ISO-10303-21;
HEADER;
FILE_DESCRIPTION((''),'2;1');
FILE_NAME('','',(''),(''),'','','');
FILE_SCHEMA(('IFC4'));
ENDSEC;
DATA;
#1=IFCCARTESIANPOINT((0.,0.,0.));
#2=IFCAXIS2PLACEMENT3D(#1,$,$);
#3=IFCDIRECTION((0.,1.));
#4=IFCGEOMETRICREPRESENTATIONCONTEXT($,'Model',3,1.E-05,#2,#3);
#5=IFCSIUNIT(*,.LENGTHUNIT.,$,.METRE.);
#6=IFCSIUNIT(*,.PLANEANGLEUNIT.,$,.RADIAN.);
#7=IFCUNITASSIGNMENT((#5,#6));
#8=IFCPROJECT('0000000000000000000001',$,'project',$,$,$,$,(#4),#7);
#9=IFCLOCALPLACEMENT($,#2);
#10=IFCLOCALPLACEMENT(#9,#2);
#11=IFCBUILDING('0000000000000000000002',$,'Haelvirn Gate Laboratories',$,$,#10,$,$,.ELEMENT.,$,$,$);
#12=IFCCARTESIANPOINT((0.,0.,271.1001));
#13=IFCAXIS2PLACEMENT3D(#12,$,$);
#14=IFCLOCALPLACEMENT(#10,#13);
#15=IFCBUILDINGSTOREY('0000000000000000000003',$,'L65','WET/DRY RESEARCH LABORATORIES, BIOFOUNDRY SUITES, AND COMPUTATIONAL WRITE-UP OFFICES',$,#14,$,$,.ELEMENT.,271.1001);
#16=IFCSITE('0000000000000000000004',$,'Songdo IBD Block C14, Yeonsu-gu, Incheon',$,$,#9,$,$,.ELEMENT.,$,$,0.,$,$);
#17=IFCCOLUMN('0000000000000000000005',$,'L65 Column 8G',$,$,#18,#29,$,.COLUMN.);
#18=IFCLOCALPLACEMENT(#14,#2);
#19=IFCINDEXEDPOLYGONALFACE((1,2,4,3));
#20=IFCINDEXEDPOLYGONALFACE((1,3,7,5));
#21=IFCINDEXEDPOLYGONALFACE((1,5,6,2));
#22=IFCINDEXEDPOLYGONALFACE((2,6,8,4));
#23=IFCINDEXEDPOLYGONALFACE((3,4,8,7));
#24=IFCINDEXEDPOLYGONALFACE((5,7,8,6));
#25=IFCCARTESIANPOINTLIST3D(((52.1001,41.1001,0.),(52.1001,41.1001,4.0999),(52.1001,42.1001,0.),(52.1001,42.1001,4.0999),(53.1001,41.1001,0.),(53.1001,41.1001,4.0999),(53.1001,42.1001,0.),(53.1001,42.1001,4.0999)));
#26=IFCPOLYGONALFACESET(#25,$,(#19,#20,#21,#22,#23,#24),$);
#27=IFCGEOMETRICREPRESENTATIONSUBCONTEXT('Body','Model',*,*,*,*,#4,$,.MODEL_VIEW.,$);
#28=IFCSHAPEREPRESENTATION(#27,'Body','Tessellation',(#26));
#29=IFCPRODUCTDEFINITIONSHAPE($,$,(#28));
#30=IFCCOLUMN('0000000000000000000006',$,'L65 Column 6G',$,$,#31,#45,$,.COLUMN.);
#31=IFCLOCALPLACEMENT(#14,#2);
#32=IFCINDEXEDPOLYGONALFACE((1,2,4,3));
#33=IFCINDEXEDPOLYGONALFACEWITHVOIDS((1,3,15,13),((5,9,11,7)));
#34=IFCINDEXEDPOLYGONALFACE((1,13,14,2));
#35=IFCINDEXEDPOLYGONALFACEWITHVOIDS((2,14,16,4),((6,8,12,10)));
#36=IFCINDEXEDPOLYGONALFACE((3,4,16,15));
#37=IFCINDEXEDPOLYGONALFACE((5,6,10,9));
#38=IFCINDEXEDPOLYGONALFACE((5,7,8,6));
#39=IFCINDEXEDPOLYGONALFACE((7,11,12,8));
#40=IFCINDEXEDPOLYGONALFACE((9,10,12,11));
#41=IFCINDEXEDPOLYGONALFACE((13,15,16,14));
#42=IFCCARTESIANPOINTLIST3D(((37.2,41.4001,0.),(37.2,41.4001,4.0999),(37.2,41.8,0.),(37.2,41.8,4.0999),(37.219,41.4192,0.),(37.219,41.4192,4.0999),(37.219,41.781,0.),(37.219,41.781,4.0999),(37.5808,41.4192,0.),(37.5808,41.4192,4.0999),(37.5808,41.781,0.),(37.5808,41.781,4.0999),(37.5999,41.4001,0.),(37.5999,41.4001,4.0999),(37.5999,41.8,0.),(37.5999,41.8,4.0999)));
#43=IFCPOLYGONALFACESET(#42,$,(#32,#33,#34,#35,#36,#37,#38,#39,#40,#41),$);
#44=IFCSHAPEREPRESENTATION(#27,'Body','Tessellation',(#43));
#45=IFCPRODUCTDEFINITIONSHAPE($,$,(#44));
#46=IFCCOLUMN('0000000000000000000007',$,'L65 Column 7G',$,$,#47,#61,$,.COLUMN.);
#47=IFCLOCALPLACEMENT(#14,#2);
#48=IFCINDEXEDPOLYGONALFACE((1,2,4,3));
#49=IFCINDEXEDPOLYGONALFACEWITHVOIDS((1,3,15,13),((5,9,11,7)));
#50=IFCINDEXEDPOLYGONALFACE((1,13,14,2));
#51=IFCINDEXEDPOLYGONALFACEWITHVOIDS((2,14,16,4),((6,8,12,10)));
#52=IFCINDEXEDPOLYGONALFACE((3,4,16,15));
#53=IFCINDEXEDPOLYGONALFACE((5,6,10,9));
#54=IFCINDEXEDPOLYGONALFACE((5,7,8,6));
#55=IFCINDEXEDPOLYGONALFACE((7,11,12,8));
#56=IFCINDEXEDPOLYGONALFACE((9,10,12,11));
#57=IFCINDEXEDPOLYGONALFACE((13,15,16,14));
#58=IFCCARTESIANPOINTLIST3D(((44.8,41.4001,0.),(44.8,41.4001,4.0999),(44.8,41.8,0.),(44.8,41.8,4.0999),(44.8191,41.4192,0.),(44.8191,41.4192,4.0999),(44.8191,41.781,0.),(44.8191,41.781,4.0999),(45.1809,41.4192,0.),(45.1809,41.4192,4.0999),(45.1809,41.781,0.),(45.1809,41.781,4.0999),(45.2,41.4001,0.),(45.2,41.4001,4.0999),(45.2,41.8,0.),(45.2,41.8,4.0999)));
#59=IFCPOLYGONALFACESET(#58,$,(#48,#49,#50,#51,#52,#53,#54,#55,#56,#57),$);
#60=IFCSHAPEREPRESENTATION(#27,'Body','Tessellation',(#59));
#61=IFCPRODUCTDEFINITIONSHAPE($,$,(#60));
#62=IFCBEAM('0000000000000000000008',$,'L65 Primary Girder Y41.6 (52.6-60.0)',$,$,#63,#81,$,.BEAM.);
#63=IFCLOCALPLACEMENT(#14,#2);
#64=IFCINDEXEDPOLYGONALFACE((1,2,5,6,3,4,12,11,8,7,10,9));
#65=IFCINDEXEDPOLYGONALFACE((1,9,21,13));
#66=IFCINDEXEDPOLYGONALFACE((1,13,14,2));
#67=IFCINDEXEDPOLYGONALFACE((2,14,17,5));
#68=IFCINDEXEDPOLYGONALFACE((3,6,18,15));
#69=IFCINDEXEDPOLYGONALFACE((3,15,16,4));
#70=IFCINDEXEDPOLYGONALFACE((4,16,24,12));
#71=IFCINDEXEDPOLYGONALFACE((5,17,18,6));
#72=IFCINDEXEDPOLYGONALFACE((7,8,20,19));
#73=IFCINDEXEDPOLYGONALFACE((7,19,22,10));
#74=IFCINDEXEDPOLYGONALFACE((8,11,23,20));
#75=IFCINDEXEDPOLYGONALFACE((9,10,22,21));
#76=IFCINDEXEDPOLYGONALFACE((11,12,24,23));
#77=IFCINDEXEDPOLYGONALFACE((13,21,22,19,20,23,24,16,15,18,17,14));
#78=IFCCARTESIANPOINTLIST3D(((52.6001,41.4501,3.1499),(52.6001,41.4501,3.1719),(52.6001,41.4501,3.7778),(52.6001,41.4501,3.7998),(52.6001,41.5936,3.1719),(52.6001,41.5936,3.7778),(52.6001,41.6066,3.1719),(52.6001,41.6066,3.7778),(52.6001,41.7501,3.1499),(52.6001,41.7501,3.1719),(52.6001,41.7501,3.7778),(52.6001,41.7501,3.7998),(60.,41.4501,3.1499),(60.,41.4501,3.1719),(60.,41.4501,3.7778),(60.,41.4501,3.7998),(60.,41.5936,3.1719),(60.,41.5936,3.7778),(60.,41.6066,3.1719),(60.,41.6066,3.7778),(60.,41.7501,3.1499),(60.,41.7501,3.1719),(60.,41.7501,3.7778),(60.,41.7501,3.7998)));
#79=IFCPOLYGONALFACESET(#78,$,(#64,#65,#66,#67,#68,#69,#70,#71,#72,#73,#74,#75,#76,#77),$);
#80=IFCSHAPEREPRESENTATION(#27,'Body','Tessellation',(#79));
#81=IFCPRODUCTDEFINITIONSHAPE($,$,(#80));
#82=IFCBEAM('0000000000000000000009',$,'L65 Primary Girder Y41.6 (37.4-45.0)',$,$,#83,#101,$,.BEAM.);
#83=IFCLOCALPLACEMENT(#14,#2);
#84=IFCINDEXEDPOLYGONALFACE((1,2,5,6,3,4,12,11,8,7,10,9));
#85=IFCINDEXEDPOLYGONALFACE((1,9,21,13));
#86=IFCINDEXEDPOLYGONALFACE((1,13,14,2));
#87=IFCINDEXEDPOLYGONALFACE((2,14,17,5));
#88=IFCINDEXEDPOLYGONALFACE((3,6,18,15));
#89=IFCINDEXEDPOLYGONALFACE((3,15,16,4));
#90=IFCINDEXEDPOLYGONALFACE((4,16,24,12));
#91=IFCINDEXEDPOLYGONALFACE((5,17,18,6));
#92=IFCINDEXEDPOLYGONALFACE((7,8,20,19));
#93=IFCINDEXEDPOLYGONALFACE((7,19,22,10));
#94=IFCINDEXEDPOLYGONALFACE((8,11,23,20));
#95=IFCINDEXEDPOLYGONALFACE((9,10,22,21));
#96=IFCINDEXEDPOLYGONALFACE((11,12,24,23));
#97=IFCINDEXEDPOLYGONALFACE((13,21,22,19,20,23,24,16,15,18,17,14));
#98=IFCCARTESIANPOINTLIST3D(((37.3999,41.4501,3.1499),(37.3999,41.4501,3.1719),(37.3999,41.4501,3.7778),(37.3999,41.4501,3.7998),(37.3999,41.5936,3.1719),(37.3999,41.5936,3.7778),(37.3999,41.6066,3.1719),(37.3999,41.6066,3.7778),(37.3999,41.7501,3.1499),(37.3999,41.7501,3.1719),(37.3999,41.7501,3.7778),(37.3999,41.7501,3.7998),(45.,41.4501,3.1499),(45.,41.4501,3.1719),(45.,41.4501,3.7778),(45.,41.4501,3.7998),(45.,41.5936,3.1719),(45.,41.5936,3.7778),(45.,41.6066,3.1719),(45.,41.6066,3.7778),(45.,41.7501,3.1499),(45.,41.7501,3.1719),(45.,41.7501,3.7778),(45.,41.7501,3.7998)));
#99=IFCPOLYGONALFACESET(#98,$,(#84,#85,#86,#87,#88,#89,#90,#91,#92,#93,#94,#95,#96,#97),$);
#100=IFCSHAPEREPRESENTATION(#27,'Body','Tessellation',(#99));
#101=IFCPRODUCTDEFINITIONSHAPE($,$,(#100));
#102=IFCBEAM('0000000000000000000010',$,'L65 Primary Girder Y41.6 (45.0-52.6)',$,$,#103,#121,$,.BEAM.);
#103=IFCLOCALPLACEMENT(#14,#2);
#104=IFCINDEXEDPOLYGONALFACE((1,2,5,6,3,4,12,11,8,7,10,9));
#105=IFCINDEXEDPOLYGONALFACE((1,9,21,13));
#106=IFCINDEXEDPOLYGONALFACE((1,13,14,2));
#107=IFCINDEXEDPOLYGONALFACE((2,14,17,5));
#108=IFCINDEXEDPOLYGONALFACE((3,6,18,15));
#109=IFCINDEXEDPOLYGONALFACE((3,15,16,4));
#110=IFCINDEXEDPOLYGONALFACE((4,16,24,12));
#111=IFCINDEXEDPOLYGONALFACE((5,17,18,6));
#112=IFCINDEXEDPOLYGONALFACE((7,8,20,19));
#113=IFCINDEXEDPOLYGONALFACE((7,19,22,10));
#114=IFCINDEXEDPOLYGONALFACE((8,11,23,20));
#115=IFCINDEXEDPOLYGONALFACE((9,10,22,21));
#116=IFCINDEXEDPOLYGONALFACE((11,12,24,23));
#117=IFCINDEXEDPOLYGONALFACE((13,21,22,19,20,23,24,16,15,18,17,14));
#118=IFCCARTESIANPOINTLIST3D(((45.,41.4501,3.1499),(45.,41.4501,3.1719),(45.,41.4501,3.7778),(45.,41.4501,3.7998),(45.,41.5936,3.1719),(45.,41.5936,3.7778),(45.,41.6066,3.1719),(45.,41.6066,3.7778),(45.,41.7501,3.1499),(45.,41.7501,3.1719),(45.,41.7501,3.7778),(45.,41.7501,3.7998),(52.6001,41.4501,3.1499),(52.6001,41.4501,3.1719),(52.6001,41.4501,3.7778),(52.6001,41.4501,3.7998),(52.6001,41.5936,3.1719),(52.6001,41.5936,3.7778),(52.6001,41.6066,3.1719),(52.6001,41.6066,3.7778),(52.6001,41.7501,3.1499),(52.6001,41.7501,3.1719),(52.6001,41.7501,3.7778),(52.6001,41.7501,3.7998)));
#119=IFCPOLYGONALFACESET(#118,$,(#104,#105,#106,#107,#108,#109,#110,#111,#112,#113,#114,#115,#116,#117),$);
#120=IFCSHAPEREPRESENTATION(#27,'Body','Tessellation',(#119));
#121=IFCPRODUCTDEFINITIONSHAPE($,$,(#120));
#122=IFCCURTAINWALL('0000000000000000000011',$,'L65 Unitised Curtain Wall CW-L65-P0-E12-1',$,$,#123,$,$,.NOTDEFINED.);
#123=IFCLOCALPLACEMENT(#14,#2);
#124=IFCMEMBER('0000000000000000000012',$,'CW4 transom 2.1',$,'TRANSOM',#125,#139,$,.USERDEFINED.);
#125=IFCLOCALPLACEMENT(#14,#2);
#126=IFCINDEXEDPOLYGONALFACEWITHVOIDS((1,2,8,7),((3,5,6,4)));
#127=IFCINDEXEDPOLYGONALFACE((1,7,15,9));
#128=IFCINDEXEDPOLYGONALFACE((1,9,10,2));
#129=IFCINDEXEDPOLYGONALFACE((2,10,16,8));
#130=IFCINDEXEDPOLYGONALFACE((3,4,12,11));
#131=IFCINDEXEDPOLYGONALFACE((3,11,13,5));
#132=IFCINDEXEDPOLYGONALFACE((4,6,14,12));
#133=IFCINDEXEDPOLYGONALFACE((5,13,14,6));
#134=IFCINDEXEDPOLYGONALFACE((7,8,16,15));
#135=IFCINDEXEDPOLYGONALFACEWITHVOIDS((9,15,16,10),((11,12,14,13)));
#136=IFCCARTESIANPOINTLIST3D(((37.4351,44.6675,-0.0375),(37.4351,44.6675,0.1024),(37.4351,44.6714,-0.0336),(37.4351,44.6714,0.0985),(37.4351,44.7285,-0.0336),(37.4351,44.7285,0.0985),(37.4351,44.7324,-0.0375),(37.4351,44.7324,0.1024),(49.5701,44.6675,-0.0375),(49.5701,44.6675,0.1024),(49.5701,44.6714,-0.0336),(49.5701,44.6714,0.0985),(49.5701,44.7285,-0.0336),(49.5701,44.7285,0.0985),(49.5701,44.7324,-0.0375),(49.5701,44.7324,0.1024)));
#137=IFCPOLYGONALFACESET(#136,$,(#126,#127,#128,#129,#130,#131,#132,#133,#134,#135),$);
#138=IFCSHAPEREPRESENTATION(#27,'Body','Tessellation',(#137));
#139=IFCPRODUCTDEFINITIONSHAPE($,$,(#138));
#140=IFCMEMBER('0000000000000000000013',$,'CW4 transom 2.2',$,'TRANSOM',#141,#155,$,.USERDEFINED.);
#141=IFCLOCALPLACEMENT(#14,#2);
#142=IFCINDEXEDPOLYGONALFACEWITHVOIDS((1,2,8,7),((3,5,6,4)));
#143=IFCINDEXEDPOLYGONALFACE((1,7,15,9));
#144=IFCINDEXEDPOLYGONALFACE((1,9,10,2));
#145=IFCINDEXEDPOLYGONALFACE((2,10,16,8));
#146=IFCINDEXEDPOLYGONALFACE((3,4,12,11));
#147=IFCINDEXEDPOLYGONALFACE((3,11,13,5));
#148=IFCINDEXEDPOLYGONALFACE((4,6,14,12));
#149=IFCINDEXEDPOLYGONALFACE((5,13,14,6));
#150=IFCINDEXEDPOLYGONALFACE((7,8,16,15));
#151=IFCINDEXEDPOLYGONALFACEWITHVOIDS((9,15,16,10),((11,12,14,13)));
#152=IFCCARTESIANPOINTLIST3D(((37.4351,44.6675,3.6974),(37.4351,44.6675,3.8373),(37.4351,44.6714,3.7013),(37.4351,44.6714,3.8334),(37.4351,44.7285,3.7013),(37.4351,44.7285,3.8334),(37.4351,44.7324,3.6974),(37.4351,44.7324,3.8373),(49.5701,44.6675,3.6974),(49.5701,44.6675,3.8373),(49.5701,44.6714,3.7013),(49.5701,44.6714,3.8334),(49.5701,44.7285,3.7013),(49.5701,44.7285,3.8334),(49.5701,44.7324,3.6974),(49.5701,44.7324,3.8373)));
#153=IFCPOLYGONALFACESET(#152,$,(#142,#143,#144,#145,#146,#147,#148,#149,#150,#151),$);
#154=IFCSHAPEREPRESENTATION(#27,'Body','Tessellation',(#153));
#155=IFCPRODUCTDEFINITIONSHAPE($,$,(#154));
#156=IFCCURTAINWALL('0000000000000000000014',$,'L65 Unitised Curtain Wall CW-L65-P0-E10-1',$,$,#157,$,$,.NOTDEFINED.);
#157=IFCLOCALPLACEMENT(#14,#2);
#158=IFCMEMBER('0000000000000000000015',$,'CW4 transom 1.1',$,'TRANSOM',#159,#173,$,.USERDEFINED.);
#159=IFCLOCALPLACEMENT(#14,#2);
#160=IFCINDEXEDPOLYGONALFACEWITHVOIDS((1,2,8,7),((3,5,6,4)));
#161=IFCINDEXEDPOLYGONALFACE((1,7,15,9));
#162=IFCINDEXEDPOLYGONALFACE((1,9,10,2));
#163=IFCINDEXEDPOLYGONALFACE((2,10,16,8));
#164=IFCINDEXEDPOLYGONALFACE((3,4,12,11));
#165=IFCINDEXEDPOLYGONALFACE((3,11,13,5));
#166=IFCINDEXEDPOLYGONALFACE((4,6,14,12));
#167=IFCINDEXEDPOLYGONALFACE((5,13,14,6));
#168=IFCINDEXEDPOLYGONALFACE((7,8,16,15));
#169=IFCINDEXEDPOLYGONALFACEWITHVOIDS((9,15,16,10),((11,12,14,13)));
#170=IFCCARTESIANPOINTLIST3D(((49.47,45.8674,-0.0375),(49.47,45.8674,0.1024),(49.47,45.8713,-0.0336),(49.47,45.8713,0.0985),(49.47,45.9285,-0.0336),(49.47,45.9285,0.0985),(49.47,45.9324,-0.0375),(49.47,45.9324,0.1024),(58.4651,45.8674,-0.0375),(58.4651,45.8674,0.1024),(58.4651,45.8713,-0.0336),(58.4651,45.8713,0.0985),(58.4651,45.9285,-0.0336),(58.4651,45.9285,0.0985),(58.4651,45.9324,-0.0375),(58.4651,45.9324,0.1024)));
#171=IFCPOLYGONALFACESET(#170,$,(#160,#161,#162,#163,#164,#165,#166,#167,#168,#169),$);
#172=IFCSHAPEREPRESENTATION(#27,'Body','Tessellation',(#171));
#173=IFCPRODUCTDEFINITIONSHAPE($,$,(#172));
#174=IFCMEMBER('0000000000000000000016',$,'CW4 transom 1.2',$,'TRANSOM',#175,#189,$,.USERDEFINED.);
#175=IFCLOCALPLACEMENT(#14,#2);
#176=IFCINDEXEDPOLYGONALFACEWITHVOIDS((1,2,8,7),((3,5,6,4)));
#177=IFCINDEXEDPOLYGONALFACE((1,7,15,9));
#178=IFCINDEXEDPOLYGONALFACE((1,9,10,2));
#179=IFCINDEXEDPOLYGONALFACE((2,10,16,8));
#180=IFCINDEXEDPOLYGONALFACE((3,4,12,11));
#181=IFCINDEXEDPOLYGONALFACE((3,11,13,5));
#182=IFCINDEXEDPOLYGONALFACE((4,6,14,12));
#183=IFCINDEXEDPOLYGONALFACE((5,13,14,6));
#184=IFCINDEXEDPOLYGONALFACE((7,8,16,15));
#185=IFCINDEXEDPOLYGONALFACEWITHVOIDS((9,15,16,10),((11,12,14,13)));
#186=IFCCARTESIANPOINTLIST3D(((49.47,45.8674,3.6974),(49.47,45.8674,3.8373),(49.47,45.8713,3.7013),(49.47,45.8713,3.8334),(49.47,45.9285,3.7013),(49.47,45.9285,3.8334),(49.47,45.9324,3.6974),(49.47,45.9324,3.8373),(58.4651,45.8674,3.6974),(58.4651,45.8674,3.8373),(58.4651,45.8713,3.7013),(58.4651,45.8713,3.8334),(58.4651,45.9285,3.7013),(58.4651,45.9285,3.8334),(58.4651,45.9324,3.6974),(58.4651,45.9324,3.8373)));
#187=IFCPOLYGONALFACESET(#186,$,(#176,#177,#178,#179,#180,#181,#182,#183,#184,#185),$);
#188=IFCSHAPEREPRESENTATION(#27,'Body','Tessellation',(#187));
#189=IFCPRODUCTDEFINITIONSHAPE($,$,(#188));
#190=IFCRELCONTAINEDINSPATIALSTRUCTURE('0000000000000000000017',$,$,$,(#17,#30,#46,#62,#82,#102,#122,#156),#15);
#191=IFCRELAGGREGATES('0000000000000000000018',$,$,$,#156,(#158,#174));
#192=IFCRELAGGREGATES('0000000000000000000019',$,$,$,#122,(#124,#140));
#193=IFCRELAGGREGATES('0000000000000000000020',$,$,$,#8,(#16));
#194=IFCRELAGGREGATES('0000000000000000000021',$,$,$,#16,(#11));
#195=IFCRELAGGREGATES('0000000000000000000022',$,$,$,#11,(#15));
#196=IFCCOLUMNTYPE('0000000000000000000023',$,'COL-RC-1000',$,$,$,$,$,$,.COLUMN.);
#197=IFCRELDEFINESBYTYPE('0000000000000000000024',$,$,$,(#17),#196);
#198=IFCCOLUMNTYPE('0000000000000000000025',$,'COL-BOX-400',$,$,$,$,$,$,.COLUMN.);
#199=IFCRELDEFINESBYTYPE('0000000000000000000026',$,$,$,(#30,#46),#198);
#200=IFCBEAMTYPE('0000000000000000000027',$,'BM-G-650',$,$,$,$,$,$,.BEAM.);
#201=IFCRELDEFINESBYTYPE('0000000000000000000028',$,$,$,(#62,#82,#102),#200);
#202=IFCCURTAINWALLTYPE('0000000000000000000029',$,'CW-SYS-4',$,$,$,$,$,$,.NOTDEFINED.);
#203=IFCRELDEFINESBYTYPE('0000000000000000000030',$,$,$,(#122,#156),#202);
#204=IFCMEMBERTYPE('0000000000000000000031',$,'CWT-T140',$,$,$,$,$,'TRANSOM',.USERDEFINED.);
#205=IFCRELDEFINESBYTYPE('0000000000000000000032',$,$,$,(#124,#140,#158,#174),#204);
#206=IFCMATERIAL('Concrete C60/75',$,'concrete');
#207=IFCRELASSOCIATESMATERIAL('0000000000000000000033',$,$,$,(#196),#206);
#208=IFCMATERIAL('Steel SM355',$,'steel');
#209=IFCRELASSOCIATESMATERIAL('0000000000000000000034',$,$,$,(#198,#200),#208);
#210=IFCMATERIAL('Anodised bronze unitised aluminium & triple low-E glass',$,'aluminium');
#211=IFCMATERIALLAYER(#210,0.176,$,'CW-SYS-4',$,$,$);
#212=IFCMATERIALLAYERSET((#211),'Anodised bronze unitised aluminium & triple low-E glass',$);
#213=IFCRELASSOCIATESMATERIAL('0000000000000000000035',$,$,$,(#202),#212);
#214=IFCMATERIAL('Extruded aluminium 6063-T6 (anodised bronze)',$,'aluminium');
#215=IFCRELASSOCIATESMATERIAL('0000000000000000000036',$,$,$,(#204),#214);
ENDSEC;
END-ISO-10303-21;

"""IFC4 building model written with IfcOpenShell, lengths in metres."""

from ifc_helpers import new_model, si_unit, direction, frame, origin, origin_2d, place, context, subcontext, project, spatial, rectangle, hollow_rectangle, i_section, extrude, source, transform, mapped, material, layer, layer_set, material_profile, profile_set, type_object, type_shapes, element, aggregate, save


model = new_model("IFC4")

# Units and contexts
model_context = context("Model", 3, precision=1e-05, world=origin(), true_north=direction((0.0, 1.0)))
body_context = subcontext(model_context, "Body", "Model", "MODEL_VIEW")
ifc_project = project(units=[si_unit("LENGTHUNIT", "METRE"), si_unit("PLANEANGLEUNIT", "RADIAN")], contexts=[model_context])

# Site, building, storey
site_placement = place(None, origin())
site = spatial("IfcSite", under=ifc_project, at=site_placement, Name="Songdo IBD Block C14, Yeonsu-gu, Incheon", CompositionType="ELEMENT", RefElevation=0.0)
building_placement = place(site_placement, origin())
building = spatial("IfcBuilding", under=site, at=building_placement, Name="Haelvirn Gate Laboratories", CompositionType="ELEMENT")
storey_placement = place(building_placement, frame((0.0, 0.0, 271.1001)))
storey = spatial("IfcBuildingStorey", under=building, at=storey_placement, Name="L65", Description="WET/DRY RESEARCH LABORATORIES, BIOFOUNDRY SUITES, AND COMPUTATIONAL WRITE-UP OFFICES", CompositionType="ELEMENT", Elevation=271.1001)

# Columns
ifc_material_1 = material(Name="Concrete C60/75", Category="concrete")
ifc_material_profile_1 = material_profile(ifc_material_1, rectangle(XDim=1.0, YDim=1.0, at=origin_2d()), Name="RC-1000x1000")
ifc_profile_set_1 = profile_set([ifc_material_profile_1], Name="Concrete C60/75")
column_type_1 = type_object("IfcColumnType", Name="COL-RC-1000", PredefinedType="COLUMN", material=ifc_profile_set_1)
shared_shape_1 = source(origin(), body_context, "Body", "SweptSolid", [
    extrude(rectangle(XDim=1.0, YDim=1.0, at=origin_2d()), origin(), (0.0, 0.0, 1.0), 4.0999),
])
type_shapes(column_type_1, [shared_shape_1])
column_placement = place(storey_placement, frame((52.6001, 41.6001, 0.0), z_axis=(0.0, 0.0, 1.0), x_axis=(1.0, 0.0, 0.0)))
element("IfcColumn", 1, at=column_placement, inside=storey, type_object=column_type_1, Name="L65 Column 8G", PredefinedType="COLUMN", context=body_context, shape_type="MappedRepresentation", body=[
    mapped(shared_shape_1, transform((0.0, 0.0, 0.0), scale=1.0)),
])
ifc_material_2 = material(Name="Steel SM355", Category="steel")
ifc_material_profile_2 = material_profile(ifc_material_2, hollow_rectangle(XDim=0.3999, YDim=0.3999, WallThickness=0.019, at=origin_2d()), Name="BOX-400x400x19")
ifc_profile_set_2 = profile_set([ifc_material_profile_2], Name="Steel SM355")
column_type_2 = type_object("IfcColumnType", Name="COL-BOX-400", PredefinedType="COLUMN", material=ifc_profile_set_2)
shared_shape_2 = source(origin(), body_context, "Body", "SweptSolid", [
    extrude(hollow_rectangle(XDim=0.3999, YDim=0.3999, WallThickness=0.019, at=origin_2d()), origin(), (0.0, 0.0, 1.0), 4.0999),
])
type_shapes(column_type_2, [shared_shape_2])
for number, where, z_axis, x_axis, name in (
    (2, (37.3999, 41.6001, 0.0), (0.0, 0.0, 1.0), (1.0, 0.0, 0.0), "L65 Column 6G"),
    (3, (45.0, 41.6001, 0.0), (0.0, 0.0, 1.0), (1.0, 0.0, 0.0), "L65 Column 7G"),
):
    element("IfcColumn", number, at=place(storey_placement, frame(where, z_axis=z_axis, x_axis=x_axis)), inside=storey, type_object=column_type_2, Name=name, PredefinedType="COLUMN", context=body_context, shape_type="MappedRepresentation", body=[
        mapped(shared_shape_2, transform((0.0, 0.0, 0.0), scale=1.0)),
    ])

# Beams
ifc_material_profile_3 = material_profile(ifc_material_2, i_section(OverallWidth=0.3, OverallDepth=0.6499, WebThickness=0.0129, FlangeThickness=0.022, at=origin_2d()), Name="H-650x300x13x22")
ifc_profile_set_3 = profile_set([ifc_material_profile_3], Name="Steel SM355")
beam_type = type_object("IfcBeamType", Name="BM-G-650", PredefinedType="BEAM", material=ifc_profile_set_3)
shared_shape_3 = source(origin(), body_context, "Body", "SweptSolid", [
    extrude(i_section(OverallWidth=0.3, OverallDepth=0.6499, WebThickness=0.0129, FlangeThickness=0.022, at=origin_2d()), origin(), (0.0, 0.0, 1.0), 7.3999),
])
beam_placement = place(storey_placement, frame((52.6001, 41.6001, 3.4749), z_axis=(1.0, 0.0, 0.0), x_axis=(0.0, 1.0, 0.0)))
element("IfcBeam", 4, at=beam_placement, inside=storey, type_object=beam_type, Name="L65 Primary Girder Y41.6 (52.6-60.0)", PredefinedType="BEAM", context=body_context, shape_type="MappedRepresentation", body=[
    mapped(shared_shape_3, transform((0.0, 0.0, 0.0), scale=1.0)),
])
shared_shape_4 = source(origin(), body_context, "Body", "SweptSolid", [
    extrude(i_section(OverallWidth=0.3, OverallDepth=0.6499, WebThickness=0.0129, FlangeThickness=0.022, at=origin_2d()), origin(), (0.0, 0.0, 1.0), 7.6001),
])
type_shapes(beam_type, [shared_shape_3, shared_shape_4])
for number, where, z_axis, x_axis, name in (
    (5, (37.3999, 41.6001, 3.4749), (1.0, 0.0, 0.0), (0.0, 1.0, 0.0), "L65 Primary Girder Y41.6 (37.4-45.0)"),
    (6, (45.0, 41.6001, 3.4749), (1.0, 0.0, 0.0), (0.0, 1.0, 0.0), "L65 Primary Girder Y41.6 (45.0-52.6)"),
):
    element("IfcBeam", number, at=place(storey_placement, frame(where, z_axis=z_axis, x_axis=x_axis)), inside=storey, type_object=beam_type, Name=name, PredefinedType="BEAM", context=body_context, shape_type="MappedRepresentation", body=[
        mapped(shared_shape_4, transform((0.0, 0.0, 0.0), scale=1.0)),
    ])

# Curtain walls, members
ifc_material_3 = material(Name="Anodised bronze unitised aluminium & triple low-E glass", Category="aluminium")
ifc_layer_1 = layer(ifc_material_3, 0.176, Name="CW-SYS-4")
ifc_layer_set_1 = layer_set([ifc_layer_1], Name="Anodised bronze unitised aluminium & triple low-E glass")
curtain_wall_type = type_object("IfcCurtainWallType", Name="CW-SYS-4", PredefinedType="NOTDEFINED", material=ifc_layer_set_1)
curtain_wall_1_placement = place(storey_placement, origin())
curtain_wall_1 = element("IfcCurtainWall", 7, at=curtain_wall_1_placement, inside=storey, type_object=curtain_wall_type, Name="L65 Unitised Curtain Wall CW-L65-P0-E12-1", PredefinedType="NOTDEFINED")
ifc_material_4 = material(Name="Extruded aluminium 6063-T6 (anodised bronze)", Category="aluminium")
ifc_material_profile_4 = material_profile(ifc_material_4, hollow_rectangle(XDim=0.0649, YDim=0.1399, WallThickness=0.0039, at=origin_2d()), Name="CWT-140x65x4")
ifc_profile_set_4 = profile_set([ifc_material_profile_4], Name="Extruded aluminium 6063-T6 (anodised bronze)")
member_type_1 = type_object("IfcMemberType", Name="CWT-T140", ElementType="TRANSOM", PredefinedType="USERDEFINED", material=ifc_profile_set_4)
shared_shape_5 = source(origin(), body_context, "Body", "SweptSolid", [
    extrude(hollow_rectangle(XDim=0.0649, YDim=0.1399, WallThickness=0.0039, at=origin_2d()), origin(), (0.0, 0.0, 1.0), 12.135),
])
member_1_placement = place(storey_placement, frame((37.4351, 44.7, 0.0325), z_axis=(1.0, 0.0, 0.0), x_axis=(0.0, 1.0, 0.0)))
member_1 = element("IfcMember", 8, at=member_1_placement, type_object=member_type_1, Name="CW4 transom 2.1", ObjectType="TRANSOM", PredefinedType="USERDEFINED", context=body_context, shape_type="MappedRepresentation", body=[
    mapped(shared_shape_5, transform((0.0, 0.0, 0.0), scale=1.0)),
])
member_2_placement = place(storey_placement, frame((37.4351, 44.7, 3.7673), z_axis=(1.0, 0.0, 0.0), x_axis=(0.0, 1.0, 0.0)))
member_2 = element("IfcMember", 9, at=member_2_placement, type_object=member_type_1, Name="CW4 transom 2.2", ObjectType="TRANSOM", PredefinedType="USERDEFINED", context=body_context, shape_type="MappedRepresentation", body=[
    mapped(shared_shape_5, transform((0.0, 0.0, 0.0), scale=1.0)),
])
curtain_wall_2_placement = place(storey_placement, origin())
curtain_wall_2 = element("IfcCurtainWall", 10, at=curtain_wall_2_placement, inside=storey, type_object=curtain_wall_type, Name="L65 Unitised Curtain Wall CW-L65-P0-E10-1", PredefinedType="NOTDEFINED")
shared_shape_6 = source(origin(), body_context, "Body", "SweptSolid", [
    extrude(hollow_rectangle(XDim=0.0649, YDim=0.1399, WallThickness=0.0039, at=origin_2d()), origin(), (0.0, 0.0, 1.0), 8.9951),
])
type_shapes(member_type_1, [shared_shape_5, shared_shape_6])
member_3_placement = place(storey_placement, frame((49.47, 45.8999, 0.0325), z_axis=(1.0, 0.0, 0.0), x_axis=(0.0, 1.0, 0.0)))
member_3 = element("IfcMember", 11, at=member_3_placement, type_object=member_type_1, Name="CW4 transom 1.1", ObjectType="TRANSOM", PredefinedType="USERDEFINED", context=body_context, shape_type="MappedRepresentation", body=[
    mapped(shared_shape_6, transform((0.0, 0.0, 0.0), scale=1.0)),
])
member_4_placement = place(storey_placement, frame((49.47, 45.8999, 3.7673), z_axis=(1.0, 0.0, 0.0), x_axis=(0.0, 1.0, 0.0)))
member_4 = element("IfcMember", 12, at=member_4_placement, type_object=member_type_1, Name="CW4 transom 1.2", ObjectType="TRANSOM", PredefinedType="USERDEFINED", context=body_context, shape_type="MappedRepresentation", body=[
    mapped(shared_shape_6, transform((0.0, 0.0, 0.0), scale=1.0)),
])

aggregate(curtain_wall_2, [member_3, member_4])
aggregate(curtain_wall_1, [member_1, member_2])

save(model, "model.ifc")
